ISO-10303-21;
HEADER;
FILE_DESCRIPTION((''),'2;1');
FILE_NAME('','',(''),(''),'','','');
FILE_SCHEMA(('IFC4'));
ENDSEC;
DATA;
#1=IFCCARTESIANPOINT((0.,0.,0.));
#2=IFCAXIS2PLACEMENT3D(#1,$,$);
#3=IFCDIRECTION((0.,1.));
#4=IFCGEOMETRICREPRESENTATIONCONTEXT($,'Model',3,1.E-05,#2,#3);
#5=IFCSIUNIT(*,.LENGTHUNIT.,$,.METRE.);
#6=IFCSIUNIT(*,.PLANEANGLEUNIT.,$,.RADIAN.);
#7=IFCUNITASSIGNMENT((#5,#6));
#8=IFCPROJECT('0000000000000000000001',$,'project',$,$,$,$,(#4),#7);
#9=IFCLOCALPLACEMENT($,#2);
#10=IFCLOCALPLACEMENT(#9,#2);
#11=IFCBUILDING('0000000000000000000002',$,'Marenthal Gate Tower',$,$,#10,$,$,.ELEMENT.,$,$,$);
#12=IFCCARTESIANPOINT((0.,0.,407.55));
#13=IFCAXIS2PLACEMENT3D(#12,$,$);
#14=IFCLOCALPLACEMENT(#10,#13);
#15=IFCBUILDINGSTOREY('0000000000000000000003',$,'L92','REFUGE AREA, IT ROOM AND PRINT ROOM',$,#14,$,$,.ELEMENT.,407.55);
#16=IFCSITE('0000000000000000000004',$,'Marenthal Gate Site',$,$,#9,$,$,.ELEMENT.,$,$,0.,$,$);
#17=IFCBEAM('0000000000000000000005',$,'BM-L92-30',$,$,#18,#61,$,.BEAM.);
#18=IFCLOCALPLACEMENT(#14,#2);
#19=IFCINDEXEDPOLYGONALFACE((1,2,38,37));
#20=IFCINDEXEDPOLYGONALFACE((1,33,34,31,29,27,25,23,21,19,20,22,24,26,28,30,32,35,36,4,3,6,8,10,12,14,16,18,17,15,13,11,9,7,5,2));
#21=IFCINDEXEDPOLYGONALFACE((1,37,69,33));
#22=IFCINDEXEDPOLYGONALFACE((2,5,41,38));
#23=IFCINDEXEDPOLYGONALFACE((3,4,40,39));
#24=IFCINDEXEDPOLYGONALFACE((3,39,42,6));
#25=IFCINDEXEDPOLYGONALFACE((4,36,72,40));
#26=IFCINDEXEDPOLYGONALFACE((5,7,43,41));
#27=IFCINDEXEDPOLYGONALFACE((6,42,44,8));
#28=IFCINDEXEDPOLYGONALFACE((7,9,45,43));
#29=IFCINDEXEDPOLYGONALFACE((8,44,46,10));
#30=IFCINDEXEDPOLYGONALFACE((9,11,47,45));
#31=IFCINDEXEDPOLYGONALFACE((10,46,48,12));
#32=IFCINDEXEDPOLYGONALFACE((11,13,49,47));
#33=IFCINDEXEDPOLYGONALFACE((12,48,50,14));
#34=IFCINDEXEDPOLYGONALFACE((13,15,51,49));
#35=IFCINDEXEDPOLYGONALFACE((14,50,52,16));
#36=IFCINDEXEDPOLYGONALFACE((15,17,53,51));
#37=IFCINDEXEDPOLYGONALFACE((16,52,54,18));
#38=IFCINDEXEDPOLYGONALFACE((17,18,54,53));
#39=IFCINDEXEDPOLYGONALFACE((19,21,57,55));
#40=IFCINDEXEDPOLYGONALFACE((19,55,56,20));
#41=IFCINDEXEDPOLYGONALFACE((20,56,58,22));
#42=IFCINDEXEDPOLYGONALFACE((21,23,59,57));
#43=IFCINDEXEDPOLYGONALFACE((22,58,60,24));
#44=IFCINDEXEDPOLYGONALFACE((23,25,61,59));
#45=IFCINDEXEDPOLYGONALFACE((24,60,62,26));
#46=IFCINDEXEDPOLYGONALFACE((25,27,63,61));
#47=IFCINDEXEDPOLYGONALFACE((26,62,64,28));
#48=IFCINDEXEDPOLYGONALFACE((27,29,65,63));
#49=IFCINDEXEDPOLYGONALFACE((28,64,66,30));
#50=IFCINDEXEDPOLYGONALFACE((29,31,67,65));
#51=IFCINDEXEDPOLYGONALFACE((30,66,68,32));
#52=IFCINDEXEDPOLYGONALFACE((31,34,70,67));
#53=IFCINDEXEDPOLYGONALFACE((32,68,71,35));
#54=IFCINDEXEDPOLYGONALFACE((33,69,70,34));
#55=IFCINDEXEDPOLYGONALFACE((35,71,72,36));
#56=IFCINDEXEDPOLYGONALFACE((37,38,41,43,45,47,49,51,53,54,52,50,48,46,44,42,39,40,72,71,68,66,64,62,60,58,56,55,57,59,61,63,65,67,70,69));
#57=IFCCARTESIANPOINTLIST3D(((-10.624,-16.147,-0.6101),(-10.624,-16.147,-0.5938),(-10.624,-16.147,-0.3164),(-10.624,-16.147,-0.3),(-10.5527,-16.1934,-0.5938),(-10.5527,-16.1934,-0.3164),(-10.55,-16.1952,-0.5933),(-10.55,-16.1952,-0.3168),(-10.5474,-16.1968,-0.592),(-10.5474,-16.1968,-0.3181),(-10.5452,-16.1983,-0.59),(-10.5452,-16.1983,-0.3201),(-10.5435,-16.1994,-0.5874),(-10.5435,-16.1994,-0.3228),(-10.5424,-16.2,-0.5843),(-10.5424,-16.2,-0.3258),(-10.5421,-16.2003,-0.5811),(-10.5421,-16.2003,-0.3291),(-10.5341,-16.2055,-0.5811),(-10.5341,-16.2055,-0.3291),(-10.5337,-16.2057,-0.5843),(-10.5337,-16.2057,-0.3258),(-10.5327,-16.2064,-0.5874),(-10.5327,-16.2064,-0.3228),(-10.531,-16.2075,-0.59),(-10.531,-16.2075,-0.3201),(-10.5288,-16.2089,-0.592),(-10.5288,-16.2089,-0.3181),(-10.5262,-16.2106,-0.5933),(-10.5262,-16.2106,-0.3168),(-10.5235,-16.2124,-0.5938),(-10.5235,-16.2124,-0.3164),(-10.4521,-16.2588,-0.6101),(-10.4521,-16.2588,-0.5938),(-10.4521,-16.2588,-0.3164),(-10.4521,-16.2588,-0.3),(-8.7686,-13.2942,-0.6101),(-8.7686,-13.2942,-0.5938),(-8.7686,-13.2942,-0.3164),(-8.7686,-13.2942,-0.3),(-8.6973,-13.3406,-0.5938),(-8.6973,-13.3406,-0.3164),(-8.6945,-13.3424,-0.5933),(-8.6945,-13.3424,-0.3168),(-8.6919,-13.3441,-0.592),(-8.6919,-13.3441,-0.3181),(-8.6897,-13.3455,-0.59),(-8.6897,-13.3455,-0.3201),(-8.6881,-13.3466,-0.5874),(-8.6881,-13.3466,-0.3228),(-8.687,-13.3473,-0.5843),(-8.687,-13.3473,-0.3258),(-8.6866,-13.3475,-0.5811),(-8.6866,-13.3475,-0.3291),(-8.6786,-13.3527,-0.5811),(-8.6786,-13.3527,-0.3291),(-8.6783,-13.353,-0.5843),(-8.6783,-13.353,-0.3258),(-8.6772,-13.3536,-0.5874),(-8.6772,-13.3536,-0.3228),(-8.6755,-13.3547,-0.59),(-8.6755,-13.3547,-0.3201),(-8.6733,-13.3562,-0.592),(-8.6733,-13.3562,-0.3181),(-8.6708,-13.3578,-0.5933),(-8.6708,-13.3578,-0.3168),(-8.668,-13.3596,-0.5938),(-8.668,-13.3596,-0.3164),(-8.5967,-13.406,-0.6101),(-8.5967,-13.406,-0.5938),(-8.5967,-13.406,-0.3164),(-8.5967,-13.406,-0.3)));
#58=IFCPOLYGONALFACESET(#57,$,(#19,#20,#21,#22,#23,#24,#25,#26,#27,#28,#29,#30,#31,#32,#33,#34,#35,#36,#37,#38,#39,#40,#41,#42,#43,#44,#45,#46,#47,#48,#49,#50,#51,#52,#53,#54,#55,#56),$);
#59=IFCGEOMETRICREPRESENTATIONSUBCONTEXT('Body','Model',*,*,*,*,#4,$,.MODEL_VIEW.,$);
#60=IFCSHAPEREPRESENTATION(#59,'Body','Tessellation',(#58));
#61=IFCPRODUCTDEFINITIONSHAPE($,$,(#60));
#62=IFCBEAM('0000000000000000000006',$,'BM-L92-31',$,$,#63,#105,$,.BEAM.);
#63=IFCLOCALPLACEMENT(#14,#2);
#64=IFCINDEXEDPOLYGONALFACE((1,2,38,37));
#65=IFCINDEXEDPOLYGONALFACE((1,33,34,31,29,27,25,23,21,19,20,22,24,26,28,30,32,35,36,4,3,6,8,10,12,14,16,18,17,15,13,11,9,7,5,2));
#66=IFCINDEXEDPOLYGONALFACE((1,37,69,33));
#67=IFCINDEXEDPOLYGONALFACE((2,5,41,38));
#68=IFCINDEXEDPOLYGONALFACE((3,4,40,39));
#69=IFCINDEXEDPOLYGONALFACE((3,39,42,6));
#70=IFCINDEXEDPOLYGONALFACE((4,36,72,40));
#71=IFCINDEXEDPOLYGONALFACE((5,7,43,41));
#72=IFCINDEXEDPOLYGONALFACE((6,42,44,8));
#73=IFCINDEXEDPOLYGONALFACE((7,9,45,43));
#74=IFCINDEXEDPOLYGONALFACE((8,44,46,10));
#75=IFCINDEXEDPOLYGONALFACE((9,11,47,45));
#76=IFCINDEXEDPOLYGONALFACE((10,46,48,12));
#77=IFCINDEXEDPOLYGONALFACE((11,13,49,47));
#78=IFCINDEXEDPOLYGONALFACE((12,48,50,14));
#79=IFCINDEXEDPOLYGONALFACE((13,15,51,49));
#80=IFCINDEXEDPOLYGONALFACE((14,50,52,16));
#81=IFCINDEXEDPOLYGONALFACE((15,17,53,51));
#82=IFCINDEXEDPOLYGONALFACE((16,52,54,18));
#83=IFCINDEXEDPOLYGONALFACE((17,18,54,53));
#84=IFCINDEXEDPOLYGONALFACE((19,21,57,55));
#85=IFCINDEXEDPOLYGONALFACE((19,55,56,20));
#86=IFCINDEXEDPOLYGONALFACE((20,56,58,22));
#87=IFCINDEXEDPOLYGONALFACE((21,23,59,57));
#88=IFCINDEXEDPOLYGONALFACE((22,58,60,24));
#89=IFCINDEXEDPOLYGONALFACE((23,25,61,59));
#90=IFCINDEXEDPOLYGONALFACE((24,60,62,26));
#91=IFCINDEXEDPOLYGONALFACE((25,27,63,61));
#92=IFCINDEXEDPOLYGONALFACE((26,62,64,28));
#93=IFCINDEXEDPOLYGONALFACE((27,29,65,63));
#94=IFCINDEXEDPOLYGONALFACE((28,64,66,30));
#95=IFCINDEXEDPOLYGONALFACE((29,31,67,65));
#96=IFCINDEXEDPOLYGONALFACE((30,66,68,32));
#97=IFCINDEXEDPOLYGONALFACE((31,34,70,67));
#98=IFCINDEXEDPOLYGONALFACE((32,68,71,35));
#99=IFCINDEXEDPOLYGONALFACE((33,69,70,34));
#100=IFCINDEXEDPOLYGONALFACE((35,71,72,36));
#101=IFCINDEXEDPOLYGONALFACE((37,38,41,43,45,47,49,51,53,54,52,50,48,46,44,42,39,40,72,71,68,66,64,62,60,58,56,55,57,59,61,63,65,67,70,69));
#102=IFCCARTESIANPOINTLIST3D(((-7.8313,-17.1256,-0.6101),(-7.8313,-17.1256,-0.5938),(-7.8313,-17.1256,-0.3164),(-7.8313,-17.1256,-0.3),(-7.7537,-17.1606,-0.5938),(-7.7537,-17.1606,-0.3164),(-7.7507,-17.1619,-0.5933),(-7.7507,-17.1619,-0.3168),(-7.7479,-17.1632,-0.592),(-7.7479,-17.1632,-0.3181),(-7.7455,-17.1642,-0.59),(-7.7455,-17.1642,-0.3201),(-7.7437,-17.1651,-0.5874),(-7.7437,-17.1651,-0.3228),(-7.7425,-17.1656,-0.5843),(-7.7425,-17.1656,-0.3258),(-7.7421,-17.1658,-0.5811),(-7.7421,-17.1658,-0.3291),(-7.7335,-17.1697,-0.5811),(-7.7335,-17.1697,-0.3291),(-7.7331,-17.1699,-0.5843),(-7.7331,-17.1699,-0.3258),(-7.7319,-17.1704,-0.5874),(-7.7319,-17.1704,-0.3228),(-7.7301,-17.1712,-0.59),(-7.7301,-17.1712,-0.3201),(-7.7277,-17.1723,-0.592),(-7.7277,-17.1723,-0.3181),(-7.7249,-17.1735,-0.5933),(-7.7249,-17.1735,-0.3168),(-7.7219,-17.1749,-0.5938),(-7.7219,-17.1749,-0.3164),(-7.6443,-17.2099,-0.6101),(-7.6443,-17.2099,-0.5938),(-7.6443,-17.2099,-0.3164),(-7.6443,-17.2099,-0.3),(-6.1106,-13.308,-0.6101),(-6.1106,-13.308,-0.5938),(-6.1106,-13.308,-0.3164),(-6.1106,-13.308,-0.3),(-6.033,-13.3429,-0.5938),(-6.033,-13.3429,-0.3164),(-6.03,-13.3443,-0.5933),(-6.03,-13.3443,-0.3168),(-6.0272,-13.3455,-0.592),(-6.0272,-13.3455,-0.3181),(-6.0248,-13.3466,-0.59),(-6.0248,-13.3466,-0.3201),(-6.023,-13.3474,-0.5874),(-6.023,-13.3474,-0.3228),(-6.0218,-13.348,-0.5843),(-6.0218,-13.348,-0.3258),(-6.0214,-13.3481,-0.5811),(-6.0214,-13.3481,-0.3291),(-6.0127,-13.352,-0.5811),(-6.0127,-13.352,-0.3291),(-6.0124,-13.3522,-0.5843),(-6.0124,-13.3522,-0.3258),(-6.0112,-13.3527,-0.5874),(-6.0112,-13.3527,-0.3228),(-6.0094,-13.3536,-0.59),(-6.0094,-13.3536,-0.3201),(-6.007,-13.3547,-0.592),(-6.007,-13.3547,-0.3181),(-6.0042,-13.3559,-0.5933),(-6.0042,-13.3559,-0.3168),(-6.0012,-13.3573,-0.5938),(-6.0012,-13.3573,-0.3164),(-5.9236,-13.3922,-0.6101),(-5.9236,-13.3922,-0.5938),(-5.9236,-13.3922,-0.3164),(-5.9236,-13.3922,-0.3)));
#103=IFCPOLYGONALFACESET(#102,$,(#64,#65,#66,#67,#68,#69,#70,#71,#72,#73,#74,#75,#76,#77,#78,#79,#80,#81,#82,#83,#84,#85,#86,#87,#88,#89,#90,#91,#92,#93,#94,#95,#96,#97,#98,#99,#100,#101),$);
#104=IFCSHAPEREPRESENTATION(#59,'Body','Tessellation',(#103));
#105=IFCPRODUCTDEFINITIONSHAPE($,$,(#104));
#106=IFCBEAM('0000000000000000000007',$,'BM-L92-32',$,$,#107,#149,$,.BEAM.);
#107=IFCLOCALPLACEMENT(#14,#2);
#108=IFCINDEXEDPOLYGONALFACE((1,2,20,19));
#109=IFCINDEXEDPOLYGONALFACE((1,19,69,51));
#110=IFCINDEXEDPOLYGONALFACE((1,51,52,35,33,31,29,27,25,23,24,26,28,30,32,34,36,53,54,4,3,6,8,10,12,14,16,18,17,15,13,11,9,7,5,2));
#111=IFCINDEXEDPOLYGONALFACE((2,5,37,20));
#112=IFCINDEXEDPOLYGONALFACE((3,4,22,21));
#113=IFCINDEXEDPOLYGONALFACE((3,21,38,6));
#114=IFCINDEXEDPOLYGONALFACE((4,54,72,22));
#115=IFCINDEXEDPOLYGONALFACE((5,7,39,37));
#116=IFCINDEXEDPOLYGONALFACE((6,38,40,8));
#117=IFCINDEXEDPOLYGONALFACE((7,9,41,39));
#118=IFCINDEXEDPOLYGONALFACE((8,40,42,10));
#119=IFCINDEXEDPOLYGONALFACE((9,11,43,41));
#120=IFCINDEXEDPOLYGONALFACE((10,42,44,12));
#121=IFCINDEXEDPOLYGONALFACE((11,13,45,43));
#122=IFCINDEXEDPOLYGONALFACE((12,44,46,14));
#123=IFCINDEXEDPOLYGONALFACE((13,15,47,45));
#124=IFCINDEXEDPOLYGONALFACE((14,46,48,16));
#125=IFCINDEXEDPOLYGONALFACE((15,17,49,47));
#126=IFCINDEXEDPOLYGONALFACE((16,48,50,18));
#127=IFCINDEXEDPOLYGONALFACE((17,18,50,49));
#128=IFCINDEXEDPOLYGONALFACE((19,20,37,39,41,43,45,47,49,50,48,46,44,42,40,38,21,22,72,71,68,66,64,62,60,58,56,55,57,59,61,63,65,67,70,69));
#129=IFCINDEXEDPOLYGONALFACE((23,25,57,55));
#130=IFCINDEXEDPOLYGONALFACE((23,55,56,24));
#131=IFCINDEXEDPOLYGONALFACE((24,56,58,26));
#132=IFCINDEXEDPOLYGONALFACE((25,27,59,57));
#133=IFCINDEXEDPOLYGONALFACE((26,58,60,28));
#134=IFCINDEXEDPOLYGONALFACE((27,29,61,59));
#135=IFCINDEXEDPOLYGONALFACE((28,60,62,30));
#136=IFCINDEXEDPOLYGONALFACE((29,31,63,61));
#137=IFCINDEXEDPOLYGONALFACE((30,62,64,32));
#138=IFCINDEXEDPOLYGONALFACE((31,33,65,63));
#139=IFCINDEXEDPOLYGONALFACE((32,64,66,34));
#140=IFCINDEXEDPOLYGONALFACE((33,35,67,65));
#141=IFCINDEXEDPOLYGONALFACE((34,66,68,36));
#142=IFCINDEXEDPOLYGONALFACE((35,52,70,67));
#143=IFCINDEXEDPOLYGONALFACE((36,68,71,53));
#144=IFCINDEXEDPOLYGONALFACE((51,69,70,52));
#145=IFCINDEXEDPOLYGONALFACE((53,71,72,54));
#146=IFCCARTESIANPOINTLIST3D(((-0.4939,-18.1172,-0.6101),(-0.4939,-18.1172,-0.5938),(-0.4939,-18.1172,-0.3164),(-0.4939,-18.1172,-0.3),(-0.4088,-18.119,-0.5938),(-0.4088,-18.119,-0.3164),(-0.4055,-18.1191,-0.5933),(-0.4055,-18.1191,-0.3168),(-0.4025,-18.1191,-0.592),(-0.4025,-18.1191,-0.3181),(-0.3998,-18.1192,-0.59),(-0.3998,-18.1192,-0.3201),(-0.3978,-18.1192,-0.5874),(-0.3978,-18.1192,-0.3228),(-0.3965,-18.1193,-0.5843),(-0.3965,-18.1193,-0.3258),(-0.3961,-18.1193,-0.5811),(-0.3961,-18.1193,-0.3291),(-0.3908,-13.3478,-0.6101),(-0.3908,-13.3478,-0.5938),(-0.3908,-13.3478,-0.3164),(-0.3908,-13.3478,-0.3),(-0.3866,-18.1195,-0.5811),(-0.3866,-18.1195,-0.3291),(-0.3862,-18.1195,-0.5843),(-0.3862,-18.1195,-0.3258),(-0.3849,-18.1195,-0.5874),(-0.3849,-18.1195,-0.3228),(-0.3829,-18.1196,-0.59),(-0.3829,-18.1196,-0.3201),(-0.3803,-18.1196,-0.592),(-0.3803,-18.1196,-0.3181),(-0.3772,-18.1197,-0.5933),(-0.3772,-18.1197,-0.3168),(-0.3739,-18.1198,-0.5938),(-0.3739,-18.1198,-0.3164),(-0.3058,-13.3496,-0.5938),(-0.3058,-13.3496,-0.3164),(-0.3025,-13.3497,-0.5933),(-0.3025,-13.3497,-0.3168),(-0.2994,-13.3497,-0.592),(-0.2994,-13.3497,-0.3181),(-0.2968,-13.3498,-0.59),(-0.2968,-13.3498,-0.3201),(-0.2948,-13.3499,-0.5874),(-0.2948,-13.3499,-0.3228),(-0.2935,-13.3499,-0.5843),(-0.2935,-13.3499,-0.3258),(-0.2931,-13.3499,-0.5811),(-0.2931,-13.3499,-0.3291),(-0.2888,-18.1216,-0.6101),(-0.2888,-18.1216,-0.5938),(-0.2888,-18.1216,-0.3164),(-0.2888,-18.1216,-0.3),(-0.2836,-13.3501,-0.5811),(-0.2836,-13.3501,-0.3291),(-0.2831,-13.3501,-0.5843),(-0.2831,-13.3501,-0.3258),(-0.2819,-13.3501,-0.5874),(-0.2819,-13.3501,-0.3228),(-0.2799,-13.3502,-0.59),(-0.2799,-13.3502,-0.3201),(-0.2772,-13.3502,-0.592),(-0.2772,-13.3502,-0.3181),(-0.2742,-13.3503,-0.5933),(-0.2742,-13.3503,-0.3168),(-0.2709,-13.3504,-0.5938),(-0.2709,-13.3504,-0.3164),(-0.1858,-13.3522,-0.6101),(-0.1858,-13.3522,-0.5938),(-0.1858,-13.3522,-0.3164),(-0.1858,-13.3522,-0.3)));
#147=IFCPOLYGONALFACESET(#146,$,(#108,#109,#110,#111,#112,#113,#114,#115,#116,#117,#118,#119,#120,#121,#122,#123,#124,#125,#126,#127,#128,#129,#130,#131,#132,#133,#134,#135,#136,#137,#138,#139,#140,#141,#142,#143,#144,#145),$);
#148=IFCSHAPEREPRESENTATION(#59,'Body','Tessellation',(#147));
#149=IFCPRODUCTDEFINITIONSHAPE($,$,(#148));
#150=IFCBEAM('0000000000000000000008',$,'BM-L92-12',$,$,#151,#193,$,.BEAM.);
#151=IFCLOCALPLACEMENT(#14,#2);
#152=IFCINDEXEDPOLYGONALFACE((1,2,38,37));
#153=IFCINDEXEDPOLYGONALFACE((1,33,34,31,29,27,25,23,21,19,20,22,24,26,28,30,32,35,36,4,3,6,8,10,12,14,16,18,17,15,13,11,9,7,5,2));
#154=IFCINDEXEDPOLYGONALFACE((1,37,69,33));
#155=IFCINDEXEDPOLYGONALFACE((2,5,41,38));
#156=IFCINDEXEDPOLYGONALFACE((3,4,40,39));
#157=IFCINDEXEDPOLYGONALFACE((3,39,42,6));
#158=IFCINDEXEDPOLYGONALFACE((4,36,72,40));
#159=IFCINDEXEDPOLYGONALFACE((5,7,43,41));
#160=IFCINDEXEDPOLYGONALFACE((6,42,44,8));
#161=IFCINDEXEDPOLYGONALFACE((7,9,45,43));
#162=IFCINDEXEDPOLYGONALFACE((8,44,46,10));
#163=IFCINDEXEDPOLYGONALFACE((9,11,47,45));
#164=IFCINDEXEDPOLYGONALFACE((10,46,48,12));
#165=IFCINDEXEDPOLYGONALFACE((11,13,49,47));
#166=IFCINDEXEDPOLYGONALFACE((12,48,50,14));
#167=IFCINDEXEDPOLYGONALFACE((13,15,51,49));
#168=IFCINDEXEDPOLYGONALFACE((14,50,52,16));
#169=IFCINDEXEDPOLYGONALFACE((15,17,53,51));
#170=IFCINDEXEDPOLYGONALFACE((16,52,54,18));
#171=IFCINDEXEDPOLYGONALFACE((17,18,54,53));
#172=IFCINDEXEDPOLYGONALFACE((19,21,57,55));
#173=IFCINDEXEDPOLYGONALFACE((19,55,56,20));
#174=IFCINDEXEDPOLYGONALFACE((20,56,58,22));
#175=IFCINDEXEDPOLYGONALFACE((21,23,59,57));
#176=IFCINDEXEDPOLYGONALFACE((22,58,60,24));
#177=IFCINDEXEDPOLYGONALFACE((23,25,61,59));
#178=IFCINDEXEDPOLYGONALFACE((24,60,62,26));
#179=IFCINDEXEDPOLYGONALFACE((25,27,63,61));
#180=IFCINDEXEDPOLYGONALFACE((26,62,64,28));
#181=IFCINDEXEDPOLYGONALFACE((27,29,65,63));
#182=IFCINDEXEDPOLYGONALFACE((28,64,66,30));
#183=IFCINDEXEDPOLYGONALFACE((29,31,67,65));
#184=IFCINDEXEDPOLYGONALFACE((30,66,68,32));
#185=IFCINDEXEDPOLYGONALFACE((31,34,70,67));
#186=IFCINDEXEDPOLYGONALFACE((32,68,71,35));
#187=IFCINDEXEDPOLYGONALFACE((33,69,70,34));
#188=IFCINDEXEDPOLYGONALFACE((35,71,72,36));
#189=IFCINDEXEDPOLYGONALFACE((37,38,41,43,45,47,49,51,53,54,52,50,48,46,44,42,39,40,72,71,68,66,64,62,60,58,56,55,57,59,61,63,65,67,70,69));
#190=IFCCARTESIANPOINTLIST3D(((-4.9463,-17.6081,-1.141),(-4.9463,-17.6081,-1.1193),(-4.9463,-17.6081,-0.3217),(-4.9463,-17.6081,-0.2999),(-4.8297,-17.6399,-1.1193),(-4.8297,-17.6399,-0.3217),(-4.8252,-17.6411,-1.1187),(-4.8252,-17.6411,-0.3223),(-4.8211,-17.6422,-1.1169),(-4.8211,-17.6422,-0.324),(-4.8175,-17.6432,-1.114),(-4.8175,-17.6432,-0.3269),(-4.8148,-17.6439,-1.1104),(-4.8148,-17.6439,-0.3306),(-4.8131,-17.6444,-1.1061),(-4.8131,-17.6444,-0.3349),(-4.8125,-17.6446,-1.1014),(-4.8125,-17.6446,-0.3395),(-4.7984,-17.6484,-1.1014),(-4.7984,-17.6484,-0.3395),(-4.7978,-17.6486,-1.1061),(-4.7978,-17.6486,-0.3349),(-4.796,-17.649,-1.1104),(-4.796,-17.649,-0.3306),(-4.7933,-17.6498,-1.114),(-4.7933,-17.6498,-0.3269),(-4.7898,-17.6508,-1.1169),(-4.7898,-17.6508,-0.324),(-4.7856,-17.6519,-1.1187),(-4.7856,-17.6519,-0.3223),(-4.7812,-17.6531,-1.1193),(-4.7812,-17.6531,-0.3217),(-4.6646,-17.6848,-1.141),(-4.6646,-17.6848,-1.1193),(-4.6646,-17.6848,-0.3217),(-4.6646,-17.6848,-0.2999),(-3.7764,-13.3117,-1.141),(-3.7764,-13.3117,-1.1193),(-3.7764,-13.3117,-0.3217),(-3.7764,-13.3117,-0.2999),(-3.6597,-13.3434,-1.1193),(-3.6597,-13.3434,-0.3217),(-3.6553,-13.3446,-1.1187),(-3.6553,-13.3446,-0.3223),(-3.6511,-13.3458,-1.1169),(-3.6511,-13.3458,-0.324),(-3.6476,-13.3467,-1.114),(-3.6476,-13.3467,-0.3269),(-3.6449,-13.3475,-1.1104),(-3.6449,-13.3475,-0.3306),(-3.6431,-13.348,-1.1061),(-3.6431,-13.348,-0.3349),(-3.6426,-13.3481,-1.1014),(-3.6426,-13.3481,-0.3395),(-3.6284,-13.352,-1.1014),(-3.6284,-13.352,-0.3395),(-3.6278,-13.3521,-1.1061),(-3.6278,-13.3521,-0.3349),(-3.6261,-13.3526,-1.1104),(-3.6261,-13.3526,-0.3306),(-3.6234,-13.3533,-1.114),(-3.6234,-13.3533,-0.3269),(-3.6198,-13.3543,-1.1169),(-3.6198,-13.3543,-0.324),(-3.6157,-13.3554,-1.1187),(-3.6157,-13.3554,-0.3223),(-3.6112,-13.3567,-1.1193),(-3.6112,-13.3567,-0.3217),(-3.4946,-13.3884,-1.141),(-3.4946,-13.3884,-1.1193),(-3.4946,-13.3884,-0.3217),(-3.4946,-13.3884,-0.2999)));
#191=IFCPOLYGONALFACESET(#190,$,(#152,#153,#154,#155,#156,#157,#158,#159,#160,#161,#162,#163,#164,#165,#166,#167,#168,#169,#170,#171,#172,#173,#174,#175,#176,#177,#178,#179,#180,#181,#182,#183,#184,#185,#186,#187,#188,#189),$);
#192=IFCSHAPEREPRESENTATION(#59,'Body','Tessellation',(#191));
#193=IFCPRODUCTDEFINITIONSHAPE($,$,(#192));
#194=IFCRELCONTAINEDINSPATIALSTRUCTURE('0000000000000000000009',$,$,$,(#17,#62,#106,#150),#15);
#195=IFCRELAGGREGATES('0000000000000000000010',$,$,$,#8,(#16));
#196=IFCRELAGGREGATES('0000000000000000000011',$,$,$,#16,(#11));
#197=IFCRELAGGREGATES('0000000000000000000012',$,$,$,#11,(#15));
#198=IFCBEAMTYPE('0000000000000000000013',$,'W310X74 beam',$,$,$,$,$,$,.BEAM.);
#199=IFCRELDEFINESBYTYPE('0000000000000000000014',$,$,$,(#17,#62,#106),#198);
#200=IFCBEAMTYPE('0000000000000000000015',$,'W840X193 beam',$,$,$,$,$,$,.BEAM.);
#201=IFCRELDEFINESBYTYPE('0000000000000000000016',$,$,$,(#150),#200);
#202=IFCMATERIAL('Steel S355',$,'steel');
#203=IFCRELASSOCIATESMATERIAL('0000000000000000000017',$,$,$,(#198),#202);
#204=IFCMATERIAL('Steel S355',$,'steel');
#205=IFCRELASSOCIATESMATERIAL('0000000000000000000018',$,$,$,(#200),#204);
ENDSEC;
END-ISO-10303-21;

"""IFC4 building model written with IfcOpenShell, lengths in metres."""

from ifc_helpers import new_model, si_unit, direction, frame, origin, origin_2d, place, context, subcontext, project, spatial, i_section, extrude, material, material_profile, profile_set, type_object, element, save


model = new_model("IFC4")

# Units and contexts
model_context = context("Model", 3, precision=1e-05, world=origin(), true_north=direction((0.0, 1.0)))
body_context = subcontext(model_context, "Body", "Model", "MODEL_VIEW")
ifc_project = project(units=[si_unit("LENGTHUNIT", "METRE"), si_unit("PLANEANGLEUNIT", "RADIAN")], contexts=[model_context])

# Site, building, storey
site_placement = place(None, origin())
site = spatial("IfcSite", under=ifc_project, at=site_placement, Name="Marenthal Gate Site", CompositionType="ELEMENT", RefElevation=0.0)
building_placement = place(site_placement, origin())
building = spatial("IfcBuilding", under=site, at=building_placement, Name="Marenthal Gate Tower", CompositionType="ELEMENT")
storey_placement = place(building_placement, frame((0.0, 0.0, 407.55)))
storey = spatial("IfcBuildingStorey", under=building, at=storey_placement, Name="L92", Description="REFUGE AREA, IT ROOM AND PRINT ROOM", CompositionType="ELEMENT", Elevation=407.55)

# Beams
ifc_material_1 = material(Name="Steel S355", Category="steel")
ifc_material_profile_1 = material_profile(ifc_material_1, i_section(OverallWidth=0.2051, OverallDepth=0.3101, WebThickness=0.0095, FlangeThickness=0.0164, FilletRadius=0.0127, at=origin_2d()), Name="W310X74")
ifc_profile_set_1 = profile_set([ifc_material_profile_1], Name="Steel S355")
beam_type_1 = type_object("IfcBeamType", Name="W310X74 beam", PredefinedType="BEAM", material=ifc_profile_set_1)
beam_1_placement = place(storey_placement, frame((-10.5381, -16.2029, -0.4551), z_axis=(0.545228, 0.838288, 0.0), x_axis=(-0.838288, 0.545228, 0.0)))
element("IfcBeam", 1, at=beam_1_placement, inside=storey, type_object=beam_type_1, Name="BM-L92-30", PredefinedType="BEAM", context=body_context, shape_type="SweptSolid", body=[
    extrude(i_section(OverallWidth=0.2051, OverallDepth=0.3101, WebThickness=0.0095, FlangeThickness=0.0164, FilletRadius=0.0127, at=origin_2d()), origin(), (0.0, 0.0, 1.0), 3.4031),
])
beam_2_placement = place(storey_placement, frame((-7.7378, -17.1677, -0.4551), z_axis=(0.410915, 0.911674, 0.0), x_axis=(-0.911674, 0.410915, 0.0)))
element("IfcBeam", 2, at=beam_2_placement, inside=storey, type_object=beam_type_1, Name="BM-L92-31", PredefinedType="BEAM", context=body_context, shape_type="SweptSolid", body=[
    extrude(i_section(OverallWidth=0.2051, OverallDepth=0.3101, WebThickness=0.0095, FlangeThickness=0.0164, FilletRadius=0.0127, at=origin_2d()), origin(), (0.0, 0.0, 1.0), 4.1875),
])
beam_3_placement = place(storey_placement, frame((-0.3914, -18.1194, -0.4551), z_axis=(0.021597, 0.999767, 0.0), x_axis=(-0.999767, 0.021597, 0.0)))
element("IfcBeam", 3, at=beam_3_placement, inside=storey, type_object=beam_type_1, Name="BM-L92-32", PredefinedType="BEAM", context=body_context, shape_type="SweptSolid", body=[
    extrude(i_section(OverallWidth=0.2051, OverallDepth=0.3101, WebThickness=0.0095, FlangeThickness=0.0164, FilletRadius=0.0127, at=origin_2d()), origin(), (0.0, 0.0, 1.0), 4.7705),
])
ifc_material_2 = material(Name="Steel S355", Category="steel")
ifc_material_profile_2 = material_profile(ifc_material_2, i_section(OverallWidth=0.292, OverallDepth=0.8411, WebThickness=0.0146, FlangeThickness=0.0217, FilletRadius=0.0178, at=origin_2d()), Name="W840X193")
ifc_profile_set_2 = profile_set([ifc_material_profile_2], Name="Steel S355")
beam_type_2 = type_object("IfcBeamType", Name="W840X193 beam", PredefinedType="BEAM", material=ifc_profile_set_2)
beam_4_placement = place(storey_placement, frame((-4.8054, -17.6465, -0.7205), z_axis=(0.262737, 0.964867, 0.0), x_axis=(-0.964867, 0.262737, 0.0)))
element("IfcBeam", 4, at=beam_4_placement, inside=storey, type_object=beam_type_2, Name="BM-L92-12", PredefinedType="BEAM", context=body_context, shape_type="SweptSolid", body=[
    extrude(i_section(OverallWidth=0.292, OverallDepth=0.8411, WebThickness=0.0146, FlangeThickness=0.0217, FilletRadius=0.0178, at=origin_2d()), origin(), (0.0, 0.0, 1.0), 4.4529),
])

save(model, "model.ifc")
